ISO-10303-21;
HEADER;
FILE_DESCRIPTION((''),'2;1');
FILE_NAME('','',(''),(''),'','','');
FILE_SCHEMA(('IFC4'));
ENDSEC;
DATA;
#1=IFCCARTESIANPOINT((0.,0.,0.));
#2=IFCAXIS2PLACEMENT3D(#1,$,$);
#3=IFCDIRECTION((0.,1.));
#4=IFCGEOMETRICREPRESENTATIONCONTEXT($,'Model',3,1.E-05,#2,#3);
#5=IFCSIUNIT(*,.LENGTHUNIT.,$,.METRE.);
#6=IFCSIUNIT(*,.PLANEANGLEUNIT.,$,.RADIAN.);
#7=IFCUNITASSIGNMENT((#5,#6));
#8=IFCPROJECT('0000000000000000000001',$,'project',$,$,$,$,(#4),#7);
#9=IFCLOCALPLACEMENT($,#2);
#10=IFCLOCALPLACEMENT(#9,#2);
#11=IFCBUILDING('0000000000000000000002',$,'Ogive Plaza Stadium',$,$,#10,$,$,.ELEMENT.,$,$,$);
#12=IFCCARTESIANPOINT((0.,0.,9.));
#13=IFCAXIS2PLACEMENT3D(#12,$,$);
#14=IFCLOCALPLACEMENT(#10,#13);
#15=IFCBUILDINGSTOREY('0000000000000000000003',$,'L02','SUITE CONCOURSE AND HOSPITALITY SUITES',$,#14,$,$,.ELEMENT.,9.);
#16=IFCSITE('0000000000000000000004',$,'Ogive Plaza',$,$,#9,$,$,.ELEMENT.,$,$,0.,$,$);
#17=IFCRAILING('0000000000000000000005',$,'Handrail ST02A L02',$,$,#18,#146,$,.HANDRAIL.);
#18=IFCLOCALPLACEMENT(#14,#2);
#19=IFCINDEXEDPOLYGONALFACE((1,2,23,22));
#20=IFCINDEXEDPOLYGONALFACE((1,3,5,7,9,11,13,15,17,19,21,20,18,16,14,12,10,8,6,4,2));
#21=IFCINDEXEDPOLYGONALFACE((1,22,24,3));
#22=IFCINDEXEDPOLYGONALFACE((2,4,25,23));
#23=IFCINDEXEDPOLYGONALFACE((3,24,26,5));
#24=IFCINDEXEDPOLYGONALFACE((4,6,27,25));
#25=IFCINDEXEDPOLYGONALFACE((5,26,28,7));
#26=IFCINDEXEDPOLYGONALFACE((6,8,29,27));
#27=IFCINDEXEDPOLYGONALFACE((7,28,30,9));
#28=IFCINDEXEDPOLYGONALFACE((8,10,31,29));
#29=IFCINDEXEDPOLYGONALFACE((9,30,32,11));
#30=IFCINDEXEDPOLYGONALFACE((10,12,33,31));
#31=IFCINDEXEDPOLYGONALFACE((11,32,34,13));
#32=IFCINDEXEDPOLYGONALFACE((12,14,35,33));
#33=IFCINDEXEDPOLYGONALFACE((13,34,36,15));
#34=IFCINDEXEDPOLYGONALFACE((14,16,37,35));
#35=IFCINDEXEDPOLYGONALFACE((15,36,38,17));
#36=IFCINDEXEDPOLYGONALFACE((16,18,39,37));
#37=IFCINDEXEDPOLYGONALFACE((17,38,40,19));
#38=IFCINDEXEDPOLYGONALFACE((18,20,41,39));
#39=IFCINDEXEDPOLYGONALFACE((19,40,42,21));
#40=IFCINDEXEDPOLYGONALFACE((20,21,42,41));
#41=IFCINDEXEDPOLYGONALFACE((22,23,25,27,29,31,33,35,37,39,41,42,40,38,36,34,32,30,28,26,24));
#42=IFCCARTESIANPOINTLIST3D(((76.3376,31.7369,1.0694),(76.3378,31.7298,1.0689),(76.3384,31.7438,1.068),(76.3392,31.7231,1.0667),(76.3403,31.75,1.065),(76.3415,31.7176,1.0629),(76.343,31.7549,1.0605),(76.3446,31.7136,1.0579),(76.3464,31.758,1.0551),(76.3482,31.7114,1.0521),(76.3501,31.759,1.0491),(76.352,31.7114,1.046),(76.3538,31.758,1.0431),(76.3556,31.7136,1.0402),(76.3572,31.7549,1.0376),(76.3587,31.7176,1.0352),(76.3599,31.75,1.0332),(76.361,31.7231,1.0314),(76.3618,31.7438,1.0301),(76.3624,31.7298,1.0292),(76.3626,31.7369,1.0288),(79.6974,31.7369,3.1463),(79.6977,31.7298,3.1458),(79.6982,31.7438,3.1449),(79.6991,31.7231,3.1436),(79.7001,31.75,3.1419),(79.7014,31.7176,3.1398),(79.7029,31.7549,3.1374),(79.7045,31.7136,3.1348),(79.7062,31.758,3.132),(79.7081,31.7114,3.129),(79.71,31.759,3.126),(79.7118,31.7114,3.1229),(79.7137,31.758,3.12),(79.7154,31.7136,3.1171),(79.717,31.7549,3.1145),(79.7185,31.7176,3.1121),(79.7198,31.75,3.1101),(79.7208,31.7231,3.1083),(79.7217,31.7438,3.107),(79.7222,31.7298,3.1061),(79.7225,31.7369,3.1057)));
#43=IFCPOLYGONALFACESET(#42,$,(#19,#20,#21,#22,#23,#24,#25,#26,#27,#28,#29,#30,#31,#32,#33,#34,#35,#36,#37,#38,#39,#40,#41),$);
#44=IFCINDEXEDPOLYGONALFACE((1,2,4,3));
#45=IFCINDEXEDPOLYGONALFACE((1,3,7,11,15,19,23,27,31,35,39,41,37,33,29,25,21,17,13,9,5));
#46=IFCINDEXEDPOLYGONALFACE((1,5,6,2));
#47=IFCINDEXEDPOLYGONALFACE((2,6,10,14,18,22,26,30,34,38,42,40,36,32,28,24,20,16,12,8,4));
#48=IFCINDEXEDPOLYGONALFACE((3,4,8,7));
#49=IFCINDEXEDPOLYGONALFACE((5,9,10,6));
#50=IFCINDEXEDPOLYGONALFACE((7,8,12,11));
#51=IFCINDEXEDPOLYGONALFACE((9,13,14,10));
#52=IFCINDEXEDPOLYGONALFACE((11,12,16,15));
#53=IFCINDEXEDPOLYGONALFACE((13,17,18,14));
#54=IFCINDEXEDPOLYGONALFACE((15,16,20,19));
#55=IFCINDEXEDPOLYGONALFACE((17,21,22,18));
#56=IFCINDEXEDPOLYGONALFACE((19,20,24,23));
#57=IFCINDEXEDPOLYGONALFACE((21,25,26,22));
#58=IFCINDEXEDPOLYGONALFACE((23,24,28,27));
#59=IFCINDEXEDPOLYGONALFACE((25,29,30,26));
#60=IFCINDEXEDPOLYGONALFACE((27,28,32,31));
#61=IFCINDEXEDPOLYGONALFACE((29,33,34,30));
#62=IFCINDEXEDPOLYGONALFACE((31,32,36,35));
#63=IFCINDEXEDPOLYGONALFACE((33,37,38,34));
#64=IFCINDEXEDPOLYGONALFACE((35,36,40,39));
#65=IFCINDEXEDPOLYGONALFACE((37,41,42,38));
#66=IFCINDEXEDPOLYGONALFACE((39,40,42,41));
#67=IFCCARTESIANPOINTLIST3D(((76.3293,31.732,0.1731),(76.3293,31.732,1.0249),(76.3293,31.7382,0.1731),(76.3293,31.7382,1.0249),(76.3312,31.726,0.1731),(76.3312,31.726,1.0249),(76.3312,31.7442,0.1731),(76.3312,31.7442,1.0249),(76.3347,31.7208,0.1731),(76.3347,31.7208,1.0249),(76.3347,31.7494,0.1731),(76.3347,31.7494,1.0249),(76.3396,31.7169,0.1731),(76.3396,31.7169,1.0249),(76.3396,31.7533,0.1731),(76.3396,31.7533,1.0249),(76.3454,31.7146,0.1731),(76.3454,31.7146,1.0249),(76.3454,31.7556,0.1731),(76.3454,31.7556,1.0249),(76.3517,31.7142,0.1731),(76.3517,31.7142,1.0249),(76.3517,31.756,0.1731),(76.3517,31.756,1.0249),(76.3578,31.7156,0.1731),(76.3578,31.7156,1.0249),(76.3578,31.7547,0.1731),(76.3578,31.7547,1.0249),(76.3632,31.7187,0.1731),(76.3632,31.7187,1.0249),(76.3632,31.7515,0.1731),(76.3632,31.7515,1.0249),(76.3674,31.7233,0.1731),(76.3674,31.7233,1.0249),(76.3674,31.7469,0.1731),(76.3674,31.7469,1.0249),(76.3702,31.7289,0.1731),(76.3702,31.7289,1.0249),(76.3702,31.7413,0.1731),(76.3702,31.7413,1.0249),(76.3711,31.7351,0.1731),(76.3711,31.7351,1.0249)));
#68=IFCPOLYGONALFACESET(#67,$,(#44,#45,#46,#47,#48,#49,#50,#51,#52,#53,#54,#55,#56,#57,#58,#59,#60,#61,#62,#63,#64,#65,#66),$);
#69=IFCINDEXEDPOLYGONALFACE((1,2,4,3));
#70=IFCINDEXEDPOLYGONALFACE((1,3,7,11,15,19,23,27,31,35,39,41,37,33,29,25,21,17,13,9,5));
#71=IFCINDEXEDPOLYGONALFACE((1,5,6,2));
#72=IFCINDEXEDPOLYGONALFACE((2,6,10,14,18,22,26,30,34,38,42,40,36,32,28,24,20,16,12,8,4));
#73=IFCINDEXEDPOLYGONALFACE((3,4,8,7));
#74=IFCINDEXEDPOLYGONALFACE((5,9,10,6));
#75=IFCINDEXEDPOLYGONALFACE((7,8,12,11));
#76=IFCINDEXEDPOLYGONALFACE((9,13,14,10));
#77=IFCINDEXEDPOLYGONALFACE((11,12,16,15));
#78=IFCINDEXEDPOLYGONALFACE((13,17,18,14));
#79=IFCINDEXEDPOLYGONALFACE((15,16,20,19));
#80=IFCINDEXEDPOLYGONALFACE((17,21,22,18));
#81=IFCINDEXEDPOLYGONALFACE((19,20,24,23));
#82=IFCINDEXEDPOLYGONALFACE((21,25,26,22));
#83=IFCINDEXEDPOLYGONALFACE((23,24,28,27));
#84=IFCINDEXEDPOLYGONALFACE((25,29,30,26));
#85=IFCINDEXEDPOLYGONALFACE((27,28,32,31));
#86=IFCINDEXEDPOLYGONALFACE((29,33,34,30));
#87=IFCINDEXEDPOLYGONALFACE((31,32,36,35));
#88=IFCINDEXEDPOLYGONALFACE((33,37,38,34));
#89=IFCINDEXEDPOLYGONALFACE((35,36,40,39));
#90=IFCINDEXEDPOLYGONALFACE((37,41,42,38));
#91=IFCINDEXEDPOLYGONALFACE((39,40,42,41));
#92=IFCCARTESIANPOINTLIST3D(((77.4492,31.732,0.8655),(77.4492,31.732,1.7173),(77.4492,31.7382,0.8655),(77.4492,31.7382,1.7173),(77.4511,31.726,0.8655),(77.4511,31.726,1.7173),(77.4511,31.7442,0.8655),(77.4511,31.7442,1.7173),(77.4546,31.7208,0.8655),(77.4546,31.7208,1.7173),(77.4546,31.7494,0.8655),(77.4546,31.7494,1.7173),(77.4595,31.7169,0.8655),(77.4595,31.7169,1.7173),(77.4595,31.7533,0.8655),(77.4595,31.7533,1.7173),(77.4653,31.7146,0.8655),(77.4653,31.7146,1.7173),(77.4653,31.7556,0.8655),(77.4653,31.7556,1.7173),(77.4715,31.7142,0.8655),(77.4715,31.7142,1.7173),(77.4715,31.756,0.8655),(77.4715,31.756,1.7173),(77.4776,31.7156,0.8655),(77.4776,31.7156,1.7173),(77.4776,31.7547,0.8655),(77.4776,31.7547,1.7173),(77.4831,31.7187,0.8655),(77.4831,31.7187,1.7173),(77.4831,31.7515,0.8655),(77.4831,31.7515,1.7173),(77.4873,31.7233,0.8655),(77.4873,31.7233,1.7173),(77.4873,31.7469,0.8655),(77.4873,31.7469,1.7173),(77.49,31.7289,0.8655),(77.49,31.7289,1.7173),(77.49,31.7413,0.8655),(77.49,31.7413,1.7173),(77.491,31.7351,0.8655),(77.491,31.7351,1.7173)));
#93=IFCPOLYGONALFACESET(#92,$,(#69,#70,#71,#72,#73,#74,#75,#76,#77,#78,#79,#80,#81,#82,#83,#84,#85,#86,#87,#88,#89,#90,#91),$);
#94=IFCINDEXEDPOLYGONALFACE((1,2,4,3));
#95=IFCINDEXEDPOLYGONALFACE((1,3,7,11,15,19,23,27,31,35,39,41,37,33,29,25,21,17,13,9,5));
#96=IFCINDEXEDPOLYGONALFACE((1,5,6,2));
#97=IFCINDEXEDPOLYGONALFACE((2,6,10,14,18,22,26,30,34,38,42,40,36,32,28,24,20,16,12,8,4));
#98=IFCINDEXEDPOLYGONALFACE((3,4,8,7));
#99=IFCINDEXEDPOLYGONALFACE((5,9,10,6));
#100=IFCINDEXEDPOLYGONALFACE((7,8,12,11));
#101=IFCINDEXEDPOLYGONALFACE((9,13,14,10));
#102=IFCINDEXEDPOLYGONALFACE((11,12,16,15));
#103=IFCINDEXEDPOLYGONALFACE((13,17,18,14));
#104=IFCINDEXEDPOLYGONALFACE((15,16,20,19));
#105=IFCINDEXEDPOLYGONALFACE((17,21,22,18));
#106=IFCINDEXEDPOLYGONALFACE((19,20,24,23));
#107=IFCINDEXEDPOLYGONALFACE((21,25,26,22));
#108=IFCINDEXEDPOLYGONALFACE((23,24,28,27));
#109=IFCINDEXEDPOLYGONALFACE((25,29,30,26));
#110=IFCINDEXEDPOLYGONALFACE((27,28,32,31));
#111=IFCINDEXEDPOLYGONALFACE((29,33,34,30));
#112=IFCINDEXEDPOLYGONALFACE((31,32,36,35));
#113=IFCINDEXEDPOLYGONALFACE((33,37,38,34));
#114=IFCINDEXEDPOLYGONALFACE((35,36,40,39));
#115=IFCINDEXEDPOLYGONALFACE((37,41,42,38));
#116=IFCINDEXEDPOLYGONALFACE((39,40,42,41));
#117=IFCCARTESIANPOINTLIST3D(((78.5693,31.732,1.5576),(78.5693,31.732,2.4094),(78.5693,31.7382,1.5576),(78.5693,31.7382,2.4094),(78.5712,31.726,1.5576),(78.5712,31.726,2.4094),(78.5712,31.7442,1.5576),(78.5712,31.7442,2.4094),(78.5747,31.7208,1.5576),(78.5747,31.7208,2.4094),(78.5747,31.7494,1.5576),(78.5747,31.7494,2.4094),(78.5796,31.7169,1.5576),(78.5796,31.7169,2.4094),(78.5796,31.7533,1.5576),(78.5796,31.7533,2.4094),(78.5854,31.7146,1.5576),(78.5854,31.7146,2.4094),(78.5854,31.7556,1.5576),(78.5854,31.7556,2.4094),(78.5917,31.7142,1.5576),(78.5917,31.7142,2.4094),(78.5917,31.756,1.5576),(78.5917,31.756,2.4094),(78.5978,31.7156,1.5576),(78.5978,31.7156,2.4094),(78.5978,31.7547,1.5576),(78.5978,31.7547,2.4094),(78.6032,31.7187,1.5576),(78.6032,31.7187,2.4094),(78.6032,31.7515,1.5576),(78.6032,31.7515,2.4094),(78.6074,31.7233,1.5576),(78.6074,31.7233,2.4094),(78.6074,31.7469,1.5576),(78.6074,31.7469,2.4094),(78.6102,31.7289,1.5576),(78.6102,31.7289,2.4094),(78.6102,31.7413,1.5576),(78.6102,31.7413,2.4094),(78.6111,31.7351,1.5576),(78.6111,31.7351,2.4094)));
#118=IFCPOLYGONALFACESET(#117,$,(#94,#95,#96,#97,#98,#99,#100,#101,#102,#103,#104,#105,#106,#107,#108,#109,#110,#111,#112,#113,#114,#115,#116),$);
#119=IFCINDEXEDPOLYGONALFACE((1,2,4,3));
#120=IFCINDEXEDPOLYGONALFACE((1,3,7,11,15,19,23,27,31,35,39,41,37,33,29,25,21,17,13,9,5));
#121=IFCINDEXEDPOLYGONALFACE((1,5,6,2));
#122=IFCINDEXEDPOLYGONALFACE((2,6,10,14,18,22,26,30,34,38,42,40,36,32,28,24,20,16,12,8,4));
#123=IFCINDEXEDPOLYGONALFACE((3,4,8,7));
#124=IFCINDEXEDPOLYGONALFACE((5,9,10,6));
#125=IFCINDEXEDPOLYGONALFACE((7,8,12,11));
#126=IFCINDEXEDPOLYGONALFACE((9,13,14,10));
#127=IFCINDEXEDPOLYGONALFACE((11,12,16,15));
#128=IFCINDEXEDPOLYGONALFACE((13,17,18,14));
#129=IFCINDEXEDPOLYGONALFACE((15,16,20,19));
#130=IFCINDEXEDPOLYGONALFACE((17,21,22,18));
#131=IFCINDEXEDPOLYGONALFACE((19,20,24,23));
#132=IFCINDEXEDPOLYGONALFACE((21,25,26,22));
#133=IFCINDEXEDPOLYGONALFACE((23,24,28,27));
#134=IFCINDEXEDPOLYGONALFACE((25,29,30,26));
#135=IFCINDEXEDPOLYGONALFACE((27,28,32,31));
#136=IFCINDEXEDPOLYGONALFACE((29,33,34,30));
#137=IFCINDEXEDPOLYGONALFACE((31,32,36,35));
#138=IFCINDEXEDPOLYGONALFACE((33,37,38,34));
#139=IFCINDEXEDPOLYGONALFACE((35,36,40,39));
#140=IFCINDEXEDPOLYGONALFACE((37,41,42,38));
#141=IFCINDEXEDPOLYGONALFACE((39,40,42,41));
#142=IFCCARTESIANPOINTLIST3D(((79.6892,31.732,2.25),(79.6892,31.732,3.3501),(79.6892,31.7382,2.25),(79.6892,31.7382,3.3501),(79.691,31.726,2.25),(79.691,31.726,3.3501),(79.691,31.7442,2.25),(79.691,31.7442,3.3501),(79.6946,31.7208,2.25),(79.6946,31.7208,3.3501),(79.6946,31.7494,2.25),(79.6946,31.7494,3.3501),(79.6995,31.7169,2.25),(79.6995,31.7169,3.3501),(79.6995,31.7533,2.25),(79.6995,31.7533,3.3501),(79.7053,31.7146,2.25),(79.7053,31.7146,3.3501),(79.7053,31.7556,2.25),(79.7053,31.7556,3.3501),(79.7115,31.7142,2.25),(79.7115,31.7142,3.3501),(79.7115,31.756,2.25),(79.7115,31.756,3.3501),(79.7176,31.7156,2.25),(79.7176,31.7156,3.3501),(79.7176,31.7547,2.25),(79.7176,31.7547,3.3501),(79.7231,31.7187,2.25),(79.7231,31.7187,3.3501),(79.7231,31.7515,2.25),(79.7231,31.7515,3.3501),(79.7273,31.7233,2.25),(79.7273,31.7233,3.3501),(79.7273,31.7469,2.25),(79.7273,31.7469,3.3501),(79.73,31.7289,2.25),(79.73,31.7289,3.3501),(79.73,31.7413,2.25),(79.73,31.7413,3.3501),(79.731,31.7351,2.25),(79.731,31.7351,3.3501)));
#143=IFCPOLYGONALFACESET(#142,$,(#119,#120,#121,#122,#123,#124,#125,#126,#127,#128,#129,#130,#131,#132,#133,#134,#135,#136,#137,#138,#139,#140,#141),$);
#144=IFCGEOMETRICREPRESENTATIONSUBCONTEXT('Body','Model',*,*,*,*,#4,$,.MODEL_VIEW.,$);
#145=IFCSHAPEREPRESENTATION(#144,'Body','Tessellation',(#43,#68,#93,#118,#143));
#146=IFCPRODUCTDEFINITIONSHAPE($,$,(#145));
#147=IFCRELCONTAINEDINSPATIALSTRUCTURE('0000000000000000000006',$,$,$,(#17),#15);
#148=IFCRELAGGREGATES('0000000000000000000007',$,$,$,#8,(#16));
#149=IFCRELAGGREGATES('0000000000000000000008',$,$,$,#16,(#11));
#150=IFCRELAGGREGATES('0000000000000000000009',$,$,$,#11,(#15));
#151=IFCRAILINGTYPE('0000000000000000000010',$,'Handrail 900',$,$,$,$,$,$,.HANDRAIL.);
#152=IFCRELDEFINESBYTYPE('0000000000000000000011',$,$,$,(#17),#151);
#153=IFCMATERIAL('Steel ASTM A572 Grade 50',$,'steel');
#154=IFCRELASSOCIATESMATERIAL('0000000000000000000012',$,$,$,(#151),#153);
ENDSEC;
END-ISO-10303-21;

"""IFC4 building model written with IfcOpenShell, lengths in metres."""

from ifc_helpers import new_model, si_unit, direction, frame, origin, origin_2d, place, context, subcontext, project, spatial, circle, extrude, material, type_object, element, save


model = new_model("IFC4")

# Units and contexts
model_context = context("Model", 3, precision=1e-05, world=origin(), true_north=direction((0.0, 1.0)))
body_context = subcontext(model_context, "Body", "Model", "MODEL_VIEW")
ifc_project = project(units=[si_unit("LENGTHUNIT", "METRE"), si_unit("PLANEANGLEUNIT", "RADIAN")], contexts=[model_context])

# Site, building, storey
site_placement = place(None, origin())
site = spatial("IfcSite", under=ifc_project, at=site_placement, Name="Ogive Plaza", CompositionType="ELEMENT", RefElevation=0.0)
building_placement = place(site_placement, origin())
building = spatial("IfcBuilding", under=site, at=building_placement, Name="Ogive Plaza Stadium", CompositionType="ELEMENT")
storey_placement = place(building_placement, frame((0.0, 0.0, 9.0)))
storey = spatial("IfcBuildingStorey", under=building, at=storey_placement, Name="L02", Description="SUITE CONCOURSE AND HOSPITALITY SUITES", CompositionType="ELEMENT", Elevation=9.0)

# Railing
ifc_material_1 = material(Name="Steel ASTM A572 Grade 50", Category="steel")
railing_type_1 = type_object("IfcRailingType", Name="Handrail 900", PredefinedType="HANDRAIL", material=ifc_material_1)
for number, where, name in (
    (1, (76.3501, 31.7351, 0.1731), "Handrail ST02A L02"),
):
    element("IfcRailing", number, at=place(storey_placement, frame(where)), inside=storey, type_object=railing_type_1, Name=name, PredefinedType="HANDRAIL", context=body_context, shape_type="SweptSolid", body=[
        extrude(circle(Radius=0.0239, at=origin_2d()), frame((0.0, 0.0, 0.876), z_axis=(0.850606, 0.0, 0.525803), x_axis=(0.0, 1.0, 0.0)), (0.0, 0.0, 1.0), 3.95),
        extrude(circle(Radius=0.021, at=origin_2d()), origin(), (0.0, 0.0, 1.0), 0.8518),
        extrude(circle(Radius=0.021, at=origin_2d()), frame((1.1199, 0.0, 0.6924)), (0.0, 0.0, 1.0), 0.8518),
        extrude(circle(Radius=0.021, at=origin_2d()), frame((2.24, 0.0, 1.3845)), (0.0, 0.0, 1.0), 0.8518),
        extrude(circle(Radius=0.021, at=origin_2d()), frame((3.3599, 0.0, 2.0769)), (0.0, 0.0, 1.0), 1.1001),
    ])

save(model, "model.ifc")
